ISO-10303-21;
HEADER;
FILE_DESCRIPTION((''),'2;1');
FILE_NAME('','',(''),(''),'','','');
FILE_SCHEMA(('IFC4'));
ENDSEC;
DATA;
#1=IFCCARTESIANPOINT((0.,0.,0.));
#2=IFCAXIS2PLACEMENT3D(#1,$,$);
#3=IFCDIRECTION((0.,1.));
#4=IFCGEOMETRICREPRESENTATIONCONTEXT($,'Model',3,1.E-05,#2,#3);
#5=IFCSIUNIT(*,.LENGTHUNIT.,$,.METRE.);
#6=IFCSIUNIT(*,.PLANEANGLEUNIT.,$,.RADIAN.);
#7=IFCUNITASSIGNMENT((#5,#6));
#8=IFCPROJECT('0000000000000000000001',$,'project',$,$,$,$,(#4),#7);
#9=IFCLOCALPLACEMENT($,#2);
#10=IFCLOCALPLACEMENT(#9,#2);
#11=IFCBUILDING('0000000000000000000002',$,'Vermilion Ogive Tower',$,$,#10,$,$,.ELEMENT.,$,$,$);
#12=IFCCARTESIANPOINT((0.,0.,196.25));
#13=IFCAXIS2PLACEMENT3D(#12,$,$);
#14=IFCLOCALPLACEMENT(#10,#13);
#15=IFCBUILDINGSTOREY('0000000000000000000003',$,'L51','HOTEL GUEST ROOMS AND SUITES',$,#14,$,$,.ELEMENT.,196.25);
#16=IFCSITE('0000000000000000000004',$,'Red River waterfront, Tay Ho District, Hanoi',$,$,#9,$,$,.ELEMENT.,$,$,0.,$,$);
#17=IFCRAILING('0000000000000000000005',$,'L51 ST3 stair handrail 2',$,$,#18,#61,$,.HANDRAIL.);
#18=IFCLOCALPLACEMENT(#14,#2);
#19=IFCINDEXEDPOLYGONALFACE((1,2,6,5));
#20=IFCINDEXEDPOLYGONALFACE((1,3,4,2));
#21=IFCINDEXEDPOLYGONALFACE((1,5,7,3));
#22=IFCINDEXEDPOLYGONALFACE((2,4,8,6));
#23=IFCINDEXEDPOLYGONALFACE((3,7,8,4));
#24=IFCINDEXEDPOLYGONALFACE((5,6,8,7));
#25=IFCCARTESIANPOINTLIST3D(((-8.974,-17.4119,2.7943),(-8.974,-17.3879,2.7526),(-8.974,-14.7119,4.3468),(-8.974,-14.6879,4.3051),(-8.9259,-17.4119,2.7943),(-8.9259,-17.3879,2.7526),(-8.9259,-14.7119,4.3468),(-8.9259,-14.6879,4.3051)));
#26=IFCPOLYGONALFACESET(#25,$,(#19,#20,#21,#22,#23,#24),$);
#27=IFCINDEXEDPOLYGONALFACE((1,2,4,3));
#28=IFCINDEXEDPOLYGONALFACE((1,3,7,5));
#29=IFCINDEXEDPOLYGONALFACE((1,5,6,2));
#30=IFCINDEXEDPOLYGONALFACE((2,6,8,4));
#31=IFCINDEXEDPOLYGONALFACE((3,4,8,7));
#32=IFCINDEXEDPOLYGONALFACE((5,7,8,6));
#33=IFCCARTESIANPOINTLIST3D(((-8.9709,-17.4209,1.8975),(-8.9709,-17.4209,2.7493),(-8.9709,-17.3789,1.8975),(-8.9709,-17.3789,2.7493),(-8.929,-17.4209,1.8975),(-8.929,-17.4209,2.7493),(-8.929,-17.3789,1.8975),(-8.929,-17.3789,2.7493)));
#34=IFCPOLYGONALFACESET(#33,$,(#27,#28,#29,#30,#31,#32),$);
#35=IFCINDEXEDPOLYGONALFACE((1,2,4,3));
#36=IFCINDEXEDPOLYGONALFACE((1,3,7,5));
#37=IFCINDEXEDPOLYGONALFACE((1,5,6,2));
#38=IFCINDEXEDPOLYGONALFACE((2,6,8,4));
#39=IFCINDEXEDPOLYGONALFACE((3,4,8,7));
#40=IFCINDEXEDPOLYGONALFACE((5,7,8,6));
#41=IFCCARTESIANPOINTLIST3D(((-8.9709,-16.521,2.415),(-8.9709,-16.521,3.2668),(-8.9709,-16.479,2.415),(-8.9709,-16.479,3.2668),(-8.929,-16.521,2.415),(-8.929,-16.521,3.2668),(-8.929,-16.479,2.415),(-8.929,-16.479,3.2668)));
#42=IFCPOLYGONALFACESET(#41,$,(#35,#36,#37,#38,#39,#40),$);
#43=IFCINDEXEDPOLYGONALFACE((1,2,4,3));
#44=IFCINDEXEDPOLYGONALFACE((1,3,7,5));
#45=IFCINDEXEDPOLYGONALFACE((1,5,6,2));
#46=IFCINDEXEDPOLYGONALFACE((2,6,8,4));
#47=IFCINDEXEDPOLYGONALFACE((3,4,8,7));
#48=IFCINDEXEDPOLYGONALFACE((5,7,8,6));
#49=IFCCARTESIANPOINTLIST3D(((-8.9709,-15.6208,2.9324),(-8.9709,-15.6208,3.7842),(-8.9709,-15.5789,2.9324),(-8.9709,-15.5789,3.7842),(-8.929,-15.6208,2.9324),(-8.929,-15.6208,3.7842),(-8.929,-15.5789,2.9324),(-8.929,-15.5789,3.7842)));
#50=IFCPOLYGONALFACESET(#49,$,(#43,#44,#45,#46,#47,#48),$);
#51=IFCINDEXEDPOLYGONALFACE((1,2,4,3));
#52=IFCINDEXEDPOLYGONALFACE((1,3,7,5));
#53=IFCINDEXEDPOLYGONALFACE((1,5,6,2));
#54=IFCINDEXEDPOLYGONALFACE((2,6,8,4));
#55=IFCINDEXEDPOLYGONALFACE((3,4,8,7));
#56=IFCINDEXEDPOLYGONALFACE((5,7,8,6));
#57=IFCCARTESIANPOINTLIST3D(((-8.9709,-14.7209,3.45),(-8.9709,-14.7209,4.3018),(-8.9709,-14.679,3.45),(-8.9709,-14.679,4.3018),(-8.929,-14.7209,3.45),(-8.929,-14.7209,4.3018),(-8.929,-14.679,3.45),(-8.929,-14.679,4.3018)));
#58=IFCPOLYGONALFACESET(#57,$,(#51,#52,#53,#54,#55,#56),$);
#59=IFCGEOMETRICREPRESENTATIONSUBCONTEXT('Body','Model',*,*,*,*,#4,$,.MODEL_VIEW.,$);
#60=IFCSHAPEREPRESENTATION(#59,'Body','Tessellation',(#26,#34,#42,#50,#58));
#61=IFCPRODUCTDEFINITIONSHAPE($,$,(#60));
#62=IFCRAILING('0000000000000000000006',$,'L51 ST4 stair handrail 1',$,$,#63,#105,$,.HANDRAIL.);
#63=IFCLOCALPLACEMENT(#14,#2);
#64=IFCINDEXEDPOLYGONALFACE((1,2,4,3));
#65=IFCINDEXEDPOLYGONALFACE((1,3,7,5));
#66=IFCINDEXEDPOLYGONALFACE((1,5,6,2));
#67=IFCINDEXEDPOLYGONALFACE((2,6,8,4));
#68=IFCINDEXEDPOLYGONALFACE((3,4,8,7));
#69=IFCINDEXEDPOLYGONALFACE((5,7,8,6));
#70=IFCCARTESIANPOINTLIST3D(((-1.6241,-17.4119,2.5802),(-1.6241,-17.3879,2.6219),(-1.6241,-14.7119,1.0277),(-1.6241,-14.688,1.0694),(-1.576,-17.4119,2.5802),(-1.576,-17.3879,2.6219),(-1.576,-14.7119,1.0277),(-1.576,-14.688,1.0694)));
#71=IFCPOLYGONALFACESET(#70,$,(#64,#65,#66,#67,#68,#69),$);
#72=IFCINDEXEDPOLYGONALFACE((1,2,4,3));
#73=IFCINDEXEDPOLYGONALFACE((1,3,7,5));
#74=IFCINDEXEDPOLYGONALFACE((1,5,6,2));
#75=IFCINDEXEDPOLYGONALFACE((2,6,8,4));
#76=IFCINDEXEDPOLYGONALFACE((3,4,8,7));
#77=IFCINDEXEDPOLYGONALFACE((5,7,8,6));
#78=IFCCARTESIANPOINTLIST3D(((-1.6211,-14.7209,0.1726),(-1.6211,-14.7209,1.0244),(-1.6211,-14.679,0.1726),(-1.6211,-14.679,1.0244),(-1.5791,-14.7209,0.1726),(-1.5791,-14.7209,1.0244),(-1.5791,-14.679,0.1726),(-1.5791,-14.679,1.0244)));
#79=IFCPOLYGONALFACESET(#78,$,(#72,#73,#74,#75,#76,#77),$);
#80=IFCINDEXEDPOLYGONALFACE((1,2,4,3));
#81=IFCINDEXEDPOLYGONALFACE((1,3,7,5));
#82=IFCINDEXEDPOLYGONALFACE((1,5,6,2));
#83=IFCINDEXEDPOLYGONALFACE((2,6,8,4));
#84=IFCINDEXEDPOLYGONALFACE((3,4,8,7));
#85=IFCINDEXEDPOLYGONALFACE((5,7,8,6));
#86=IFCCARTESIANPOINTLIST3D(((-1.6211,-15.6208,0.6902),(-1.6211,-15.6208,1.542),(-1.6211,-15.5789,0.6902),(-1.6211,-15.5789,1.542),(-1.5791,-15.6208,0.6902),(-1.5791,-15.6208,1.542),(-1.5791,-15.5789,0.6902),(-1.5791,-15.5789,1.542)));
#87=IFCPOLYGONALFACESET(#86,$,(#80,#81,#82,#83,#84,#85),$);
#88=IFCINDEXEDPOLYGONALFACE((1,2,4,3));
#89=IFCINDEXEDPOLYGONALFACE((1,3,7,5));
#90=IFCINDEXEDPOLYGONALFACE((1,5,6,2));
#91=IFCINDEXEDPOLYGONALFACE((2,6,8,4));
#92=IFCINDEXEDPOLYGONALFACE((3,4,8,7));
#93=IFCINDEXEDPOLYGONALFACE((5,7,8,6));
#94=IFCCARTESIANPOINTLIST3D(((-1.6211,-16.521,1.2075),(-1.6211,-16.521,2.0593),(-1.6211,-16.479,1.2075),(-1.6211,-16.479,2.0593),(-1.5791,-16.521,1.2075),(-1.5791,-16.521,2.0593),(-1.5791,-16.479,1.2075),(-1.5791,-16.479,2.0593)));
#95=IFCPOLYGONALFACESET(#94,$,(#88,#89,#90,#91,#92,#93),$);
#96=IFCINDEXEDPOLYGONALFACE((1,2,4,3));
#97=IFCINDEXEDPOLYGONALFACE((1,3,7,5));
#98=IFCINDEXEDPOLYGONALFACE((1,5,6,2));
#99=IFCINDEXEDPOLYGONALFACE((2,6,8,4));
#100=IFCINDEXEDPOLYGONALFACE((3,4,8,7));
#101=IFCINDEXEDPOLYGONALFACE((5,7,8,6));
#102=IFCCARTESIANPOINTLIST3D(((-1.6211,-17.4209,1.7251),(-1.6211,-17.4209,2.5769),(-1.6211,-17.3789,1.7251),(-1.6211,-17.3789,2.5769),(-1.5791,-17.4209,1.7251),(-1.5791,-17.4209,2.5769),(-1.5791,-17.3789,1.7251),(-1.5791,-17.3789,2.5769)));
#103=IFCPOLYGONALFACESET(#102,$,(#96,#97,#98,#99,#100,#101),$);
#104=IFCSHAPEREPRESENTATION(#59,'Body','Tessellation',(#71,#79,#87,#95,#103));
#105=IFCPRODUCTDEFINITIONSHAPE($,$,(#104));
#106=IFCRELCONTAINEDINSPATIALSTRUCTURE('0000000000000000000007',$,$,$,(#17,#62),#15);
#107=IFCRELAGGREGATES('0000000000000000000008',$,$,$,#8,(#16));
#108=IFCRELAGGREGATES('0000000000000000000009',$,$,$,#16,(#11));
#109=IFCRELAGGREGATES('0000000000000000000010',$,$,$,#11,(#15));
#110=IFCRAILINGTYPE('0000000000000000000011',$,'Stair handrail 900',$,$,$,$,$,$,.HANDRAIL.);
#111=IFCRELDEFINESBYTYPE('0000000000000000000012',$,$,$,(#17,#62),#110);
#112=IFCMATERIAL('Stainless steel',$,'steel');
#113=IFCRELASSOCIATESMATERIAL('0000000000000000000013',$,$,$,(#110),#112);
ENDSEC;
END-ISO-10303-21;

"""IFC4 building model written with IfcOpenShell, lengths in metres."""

from ifc_helpers import new_model, si_unit, direction, frame, origin, origin_2d, place, context, subcontext, project, spatial, rectangle, extrude, material, type_object, element, save


model = new_model("IFC4")

# Units and contexts
model_context = context("Model", 3, precision=1e-05, world=origin(), true_north=direction((0.0, 1.0)))
body_context = subcontext(model_context, "Body", "Model", "MODEL_VIEW")
ifc_project = project(units=[si_unit("LENGTHUNIT", "METRE"), si_unit("PLANEANGLEUNIT", "RADIAN")], contexts=[model_context])

# Site, building, storey
site_placement = place(None, origin())
site = spatial("IfcSite", under=ifc_project, at=site_placement, Name="Red River waterfront, Tay Ho District, Hanoi", CompositionType="ELEMENT", RefElevation=0.0)
building_placement = place(site_placement, origin())
building = spatial("IfcBuilding", under=site, at=building_placement, Name="Vermilion Ogive Tower", CompositionType="ELEMENT")
storey_placement = place(building_placement, frame((0.0, 0.0, 196.25)))
storey = spatial("IfcBuildingStorey", under=building, at=storey_placement, Name="L51", Description="HOTEL GUEST ROOMS AND SUITES", CompositionType="ELEMENT", Elevation=196.25)

# Railings
ifc_material_1 = material(Name="Stainless steel", Category="steel")
railing_type_1 = type_object("IfcRailingType", Name="Stair handrail 900", PredefinedType="HANDRAIL", material=ifc_material_1)
railing_1_placement = place(storey_placement, frame((-8.95, -17.3999, 1.8975)))
element("IfcRailing", 1, at=railing_1_placement, inside=storey, type_object=railing_type_1, Name="L51 ST3 stair handrail 2", PredefinedType="HANDRAIL", context=body_context, shape_type="SweptSolid", body=[
    extrude(rectangle(XDim=0.0481, YDim=0.0481, at=origin_2d()), frame((0.0, 0.0, 0.876), z_axis=(0.0, 0.866904, 0.498476), x_axis=(-1.0, 0.0, 0.0)), (0.0, 0.0, 1.0), 3.1145),
    extrude(rectangle(XDim=0.042, YDim=0.042, at=origin_2d()), origin(), (0.0, 0.0, 1.0), 0.8518),
    extrude(rectangle(XDim=0.042, YDim=0.042, at=origin_2d()), frame((0.0, 0.8999, 0.5176)), (0.0, 0.0, 1.0), 0.8518),
    extrude(rectangle(XDim=0.042, YDim=0.042, at=origin_2d()), frame((0.0, 1.8, 1.0349)), (0.0, 0.0, 1.0), 0.8518),
    extrude(rectangle(XDim=0.042, YDim=0.042, at=origin_2d()), frame((0.0, 2.7, 1.5525)), (0.0, 0.0, 1.0), 0.8518),
])
railing_2_placement = place(storey_placement, frame((-1.6001, -14.7, 0.1726)))
element("IfcRailing", 2, at=railing_2_placement, inside=storey, type_object=railing_type_1, Name="L51 ST4 stair handrail 1", PredefinedType="HANDRAIL", context=body_context, shape_type="SweptSolid", body=[
    extrude(rectangle(XDim=0.0481, YDim=0.0481, at=origin_2d()), frame((0.0, 0.0, 0.876), z_axis=(0.0, -0.866904, 0.498476), x_axis=(1.0, 0.0, 0.0)), (0.0, 0.0, 1.0), 3.1145),
    extrude(rectangle(XDim=0.042, YDim=0.042, at=origin_2d()), origin(), (0.0, 0.0, 1.0), 0.8518),
    extrude(rectangle(XDim=0.042, YDim=0.042, at=origin_2d()), frame((0.0, -0.8999, 0.5176)), (0.0, 0.0, 1.0), 0.8518),
    extrude(rectangle(XDim=0.042, YDim=0.042, at=origin_2d()), frame((0.0, -1.8, 1.0349)), (0.0, 0.0, 1.0), 0.8518),
    extrude(rectangle(XDim=0.042, YDim=0.042, at=origin_2d()), frame((0.0, -2.7, 1.5525)), (0.0, 0.0, 1.0), 0.8518),
])

save(model, "model.ifc")
